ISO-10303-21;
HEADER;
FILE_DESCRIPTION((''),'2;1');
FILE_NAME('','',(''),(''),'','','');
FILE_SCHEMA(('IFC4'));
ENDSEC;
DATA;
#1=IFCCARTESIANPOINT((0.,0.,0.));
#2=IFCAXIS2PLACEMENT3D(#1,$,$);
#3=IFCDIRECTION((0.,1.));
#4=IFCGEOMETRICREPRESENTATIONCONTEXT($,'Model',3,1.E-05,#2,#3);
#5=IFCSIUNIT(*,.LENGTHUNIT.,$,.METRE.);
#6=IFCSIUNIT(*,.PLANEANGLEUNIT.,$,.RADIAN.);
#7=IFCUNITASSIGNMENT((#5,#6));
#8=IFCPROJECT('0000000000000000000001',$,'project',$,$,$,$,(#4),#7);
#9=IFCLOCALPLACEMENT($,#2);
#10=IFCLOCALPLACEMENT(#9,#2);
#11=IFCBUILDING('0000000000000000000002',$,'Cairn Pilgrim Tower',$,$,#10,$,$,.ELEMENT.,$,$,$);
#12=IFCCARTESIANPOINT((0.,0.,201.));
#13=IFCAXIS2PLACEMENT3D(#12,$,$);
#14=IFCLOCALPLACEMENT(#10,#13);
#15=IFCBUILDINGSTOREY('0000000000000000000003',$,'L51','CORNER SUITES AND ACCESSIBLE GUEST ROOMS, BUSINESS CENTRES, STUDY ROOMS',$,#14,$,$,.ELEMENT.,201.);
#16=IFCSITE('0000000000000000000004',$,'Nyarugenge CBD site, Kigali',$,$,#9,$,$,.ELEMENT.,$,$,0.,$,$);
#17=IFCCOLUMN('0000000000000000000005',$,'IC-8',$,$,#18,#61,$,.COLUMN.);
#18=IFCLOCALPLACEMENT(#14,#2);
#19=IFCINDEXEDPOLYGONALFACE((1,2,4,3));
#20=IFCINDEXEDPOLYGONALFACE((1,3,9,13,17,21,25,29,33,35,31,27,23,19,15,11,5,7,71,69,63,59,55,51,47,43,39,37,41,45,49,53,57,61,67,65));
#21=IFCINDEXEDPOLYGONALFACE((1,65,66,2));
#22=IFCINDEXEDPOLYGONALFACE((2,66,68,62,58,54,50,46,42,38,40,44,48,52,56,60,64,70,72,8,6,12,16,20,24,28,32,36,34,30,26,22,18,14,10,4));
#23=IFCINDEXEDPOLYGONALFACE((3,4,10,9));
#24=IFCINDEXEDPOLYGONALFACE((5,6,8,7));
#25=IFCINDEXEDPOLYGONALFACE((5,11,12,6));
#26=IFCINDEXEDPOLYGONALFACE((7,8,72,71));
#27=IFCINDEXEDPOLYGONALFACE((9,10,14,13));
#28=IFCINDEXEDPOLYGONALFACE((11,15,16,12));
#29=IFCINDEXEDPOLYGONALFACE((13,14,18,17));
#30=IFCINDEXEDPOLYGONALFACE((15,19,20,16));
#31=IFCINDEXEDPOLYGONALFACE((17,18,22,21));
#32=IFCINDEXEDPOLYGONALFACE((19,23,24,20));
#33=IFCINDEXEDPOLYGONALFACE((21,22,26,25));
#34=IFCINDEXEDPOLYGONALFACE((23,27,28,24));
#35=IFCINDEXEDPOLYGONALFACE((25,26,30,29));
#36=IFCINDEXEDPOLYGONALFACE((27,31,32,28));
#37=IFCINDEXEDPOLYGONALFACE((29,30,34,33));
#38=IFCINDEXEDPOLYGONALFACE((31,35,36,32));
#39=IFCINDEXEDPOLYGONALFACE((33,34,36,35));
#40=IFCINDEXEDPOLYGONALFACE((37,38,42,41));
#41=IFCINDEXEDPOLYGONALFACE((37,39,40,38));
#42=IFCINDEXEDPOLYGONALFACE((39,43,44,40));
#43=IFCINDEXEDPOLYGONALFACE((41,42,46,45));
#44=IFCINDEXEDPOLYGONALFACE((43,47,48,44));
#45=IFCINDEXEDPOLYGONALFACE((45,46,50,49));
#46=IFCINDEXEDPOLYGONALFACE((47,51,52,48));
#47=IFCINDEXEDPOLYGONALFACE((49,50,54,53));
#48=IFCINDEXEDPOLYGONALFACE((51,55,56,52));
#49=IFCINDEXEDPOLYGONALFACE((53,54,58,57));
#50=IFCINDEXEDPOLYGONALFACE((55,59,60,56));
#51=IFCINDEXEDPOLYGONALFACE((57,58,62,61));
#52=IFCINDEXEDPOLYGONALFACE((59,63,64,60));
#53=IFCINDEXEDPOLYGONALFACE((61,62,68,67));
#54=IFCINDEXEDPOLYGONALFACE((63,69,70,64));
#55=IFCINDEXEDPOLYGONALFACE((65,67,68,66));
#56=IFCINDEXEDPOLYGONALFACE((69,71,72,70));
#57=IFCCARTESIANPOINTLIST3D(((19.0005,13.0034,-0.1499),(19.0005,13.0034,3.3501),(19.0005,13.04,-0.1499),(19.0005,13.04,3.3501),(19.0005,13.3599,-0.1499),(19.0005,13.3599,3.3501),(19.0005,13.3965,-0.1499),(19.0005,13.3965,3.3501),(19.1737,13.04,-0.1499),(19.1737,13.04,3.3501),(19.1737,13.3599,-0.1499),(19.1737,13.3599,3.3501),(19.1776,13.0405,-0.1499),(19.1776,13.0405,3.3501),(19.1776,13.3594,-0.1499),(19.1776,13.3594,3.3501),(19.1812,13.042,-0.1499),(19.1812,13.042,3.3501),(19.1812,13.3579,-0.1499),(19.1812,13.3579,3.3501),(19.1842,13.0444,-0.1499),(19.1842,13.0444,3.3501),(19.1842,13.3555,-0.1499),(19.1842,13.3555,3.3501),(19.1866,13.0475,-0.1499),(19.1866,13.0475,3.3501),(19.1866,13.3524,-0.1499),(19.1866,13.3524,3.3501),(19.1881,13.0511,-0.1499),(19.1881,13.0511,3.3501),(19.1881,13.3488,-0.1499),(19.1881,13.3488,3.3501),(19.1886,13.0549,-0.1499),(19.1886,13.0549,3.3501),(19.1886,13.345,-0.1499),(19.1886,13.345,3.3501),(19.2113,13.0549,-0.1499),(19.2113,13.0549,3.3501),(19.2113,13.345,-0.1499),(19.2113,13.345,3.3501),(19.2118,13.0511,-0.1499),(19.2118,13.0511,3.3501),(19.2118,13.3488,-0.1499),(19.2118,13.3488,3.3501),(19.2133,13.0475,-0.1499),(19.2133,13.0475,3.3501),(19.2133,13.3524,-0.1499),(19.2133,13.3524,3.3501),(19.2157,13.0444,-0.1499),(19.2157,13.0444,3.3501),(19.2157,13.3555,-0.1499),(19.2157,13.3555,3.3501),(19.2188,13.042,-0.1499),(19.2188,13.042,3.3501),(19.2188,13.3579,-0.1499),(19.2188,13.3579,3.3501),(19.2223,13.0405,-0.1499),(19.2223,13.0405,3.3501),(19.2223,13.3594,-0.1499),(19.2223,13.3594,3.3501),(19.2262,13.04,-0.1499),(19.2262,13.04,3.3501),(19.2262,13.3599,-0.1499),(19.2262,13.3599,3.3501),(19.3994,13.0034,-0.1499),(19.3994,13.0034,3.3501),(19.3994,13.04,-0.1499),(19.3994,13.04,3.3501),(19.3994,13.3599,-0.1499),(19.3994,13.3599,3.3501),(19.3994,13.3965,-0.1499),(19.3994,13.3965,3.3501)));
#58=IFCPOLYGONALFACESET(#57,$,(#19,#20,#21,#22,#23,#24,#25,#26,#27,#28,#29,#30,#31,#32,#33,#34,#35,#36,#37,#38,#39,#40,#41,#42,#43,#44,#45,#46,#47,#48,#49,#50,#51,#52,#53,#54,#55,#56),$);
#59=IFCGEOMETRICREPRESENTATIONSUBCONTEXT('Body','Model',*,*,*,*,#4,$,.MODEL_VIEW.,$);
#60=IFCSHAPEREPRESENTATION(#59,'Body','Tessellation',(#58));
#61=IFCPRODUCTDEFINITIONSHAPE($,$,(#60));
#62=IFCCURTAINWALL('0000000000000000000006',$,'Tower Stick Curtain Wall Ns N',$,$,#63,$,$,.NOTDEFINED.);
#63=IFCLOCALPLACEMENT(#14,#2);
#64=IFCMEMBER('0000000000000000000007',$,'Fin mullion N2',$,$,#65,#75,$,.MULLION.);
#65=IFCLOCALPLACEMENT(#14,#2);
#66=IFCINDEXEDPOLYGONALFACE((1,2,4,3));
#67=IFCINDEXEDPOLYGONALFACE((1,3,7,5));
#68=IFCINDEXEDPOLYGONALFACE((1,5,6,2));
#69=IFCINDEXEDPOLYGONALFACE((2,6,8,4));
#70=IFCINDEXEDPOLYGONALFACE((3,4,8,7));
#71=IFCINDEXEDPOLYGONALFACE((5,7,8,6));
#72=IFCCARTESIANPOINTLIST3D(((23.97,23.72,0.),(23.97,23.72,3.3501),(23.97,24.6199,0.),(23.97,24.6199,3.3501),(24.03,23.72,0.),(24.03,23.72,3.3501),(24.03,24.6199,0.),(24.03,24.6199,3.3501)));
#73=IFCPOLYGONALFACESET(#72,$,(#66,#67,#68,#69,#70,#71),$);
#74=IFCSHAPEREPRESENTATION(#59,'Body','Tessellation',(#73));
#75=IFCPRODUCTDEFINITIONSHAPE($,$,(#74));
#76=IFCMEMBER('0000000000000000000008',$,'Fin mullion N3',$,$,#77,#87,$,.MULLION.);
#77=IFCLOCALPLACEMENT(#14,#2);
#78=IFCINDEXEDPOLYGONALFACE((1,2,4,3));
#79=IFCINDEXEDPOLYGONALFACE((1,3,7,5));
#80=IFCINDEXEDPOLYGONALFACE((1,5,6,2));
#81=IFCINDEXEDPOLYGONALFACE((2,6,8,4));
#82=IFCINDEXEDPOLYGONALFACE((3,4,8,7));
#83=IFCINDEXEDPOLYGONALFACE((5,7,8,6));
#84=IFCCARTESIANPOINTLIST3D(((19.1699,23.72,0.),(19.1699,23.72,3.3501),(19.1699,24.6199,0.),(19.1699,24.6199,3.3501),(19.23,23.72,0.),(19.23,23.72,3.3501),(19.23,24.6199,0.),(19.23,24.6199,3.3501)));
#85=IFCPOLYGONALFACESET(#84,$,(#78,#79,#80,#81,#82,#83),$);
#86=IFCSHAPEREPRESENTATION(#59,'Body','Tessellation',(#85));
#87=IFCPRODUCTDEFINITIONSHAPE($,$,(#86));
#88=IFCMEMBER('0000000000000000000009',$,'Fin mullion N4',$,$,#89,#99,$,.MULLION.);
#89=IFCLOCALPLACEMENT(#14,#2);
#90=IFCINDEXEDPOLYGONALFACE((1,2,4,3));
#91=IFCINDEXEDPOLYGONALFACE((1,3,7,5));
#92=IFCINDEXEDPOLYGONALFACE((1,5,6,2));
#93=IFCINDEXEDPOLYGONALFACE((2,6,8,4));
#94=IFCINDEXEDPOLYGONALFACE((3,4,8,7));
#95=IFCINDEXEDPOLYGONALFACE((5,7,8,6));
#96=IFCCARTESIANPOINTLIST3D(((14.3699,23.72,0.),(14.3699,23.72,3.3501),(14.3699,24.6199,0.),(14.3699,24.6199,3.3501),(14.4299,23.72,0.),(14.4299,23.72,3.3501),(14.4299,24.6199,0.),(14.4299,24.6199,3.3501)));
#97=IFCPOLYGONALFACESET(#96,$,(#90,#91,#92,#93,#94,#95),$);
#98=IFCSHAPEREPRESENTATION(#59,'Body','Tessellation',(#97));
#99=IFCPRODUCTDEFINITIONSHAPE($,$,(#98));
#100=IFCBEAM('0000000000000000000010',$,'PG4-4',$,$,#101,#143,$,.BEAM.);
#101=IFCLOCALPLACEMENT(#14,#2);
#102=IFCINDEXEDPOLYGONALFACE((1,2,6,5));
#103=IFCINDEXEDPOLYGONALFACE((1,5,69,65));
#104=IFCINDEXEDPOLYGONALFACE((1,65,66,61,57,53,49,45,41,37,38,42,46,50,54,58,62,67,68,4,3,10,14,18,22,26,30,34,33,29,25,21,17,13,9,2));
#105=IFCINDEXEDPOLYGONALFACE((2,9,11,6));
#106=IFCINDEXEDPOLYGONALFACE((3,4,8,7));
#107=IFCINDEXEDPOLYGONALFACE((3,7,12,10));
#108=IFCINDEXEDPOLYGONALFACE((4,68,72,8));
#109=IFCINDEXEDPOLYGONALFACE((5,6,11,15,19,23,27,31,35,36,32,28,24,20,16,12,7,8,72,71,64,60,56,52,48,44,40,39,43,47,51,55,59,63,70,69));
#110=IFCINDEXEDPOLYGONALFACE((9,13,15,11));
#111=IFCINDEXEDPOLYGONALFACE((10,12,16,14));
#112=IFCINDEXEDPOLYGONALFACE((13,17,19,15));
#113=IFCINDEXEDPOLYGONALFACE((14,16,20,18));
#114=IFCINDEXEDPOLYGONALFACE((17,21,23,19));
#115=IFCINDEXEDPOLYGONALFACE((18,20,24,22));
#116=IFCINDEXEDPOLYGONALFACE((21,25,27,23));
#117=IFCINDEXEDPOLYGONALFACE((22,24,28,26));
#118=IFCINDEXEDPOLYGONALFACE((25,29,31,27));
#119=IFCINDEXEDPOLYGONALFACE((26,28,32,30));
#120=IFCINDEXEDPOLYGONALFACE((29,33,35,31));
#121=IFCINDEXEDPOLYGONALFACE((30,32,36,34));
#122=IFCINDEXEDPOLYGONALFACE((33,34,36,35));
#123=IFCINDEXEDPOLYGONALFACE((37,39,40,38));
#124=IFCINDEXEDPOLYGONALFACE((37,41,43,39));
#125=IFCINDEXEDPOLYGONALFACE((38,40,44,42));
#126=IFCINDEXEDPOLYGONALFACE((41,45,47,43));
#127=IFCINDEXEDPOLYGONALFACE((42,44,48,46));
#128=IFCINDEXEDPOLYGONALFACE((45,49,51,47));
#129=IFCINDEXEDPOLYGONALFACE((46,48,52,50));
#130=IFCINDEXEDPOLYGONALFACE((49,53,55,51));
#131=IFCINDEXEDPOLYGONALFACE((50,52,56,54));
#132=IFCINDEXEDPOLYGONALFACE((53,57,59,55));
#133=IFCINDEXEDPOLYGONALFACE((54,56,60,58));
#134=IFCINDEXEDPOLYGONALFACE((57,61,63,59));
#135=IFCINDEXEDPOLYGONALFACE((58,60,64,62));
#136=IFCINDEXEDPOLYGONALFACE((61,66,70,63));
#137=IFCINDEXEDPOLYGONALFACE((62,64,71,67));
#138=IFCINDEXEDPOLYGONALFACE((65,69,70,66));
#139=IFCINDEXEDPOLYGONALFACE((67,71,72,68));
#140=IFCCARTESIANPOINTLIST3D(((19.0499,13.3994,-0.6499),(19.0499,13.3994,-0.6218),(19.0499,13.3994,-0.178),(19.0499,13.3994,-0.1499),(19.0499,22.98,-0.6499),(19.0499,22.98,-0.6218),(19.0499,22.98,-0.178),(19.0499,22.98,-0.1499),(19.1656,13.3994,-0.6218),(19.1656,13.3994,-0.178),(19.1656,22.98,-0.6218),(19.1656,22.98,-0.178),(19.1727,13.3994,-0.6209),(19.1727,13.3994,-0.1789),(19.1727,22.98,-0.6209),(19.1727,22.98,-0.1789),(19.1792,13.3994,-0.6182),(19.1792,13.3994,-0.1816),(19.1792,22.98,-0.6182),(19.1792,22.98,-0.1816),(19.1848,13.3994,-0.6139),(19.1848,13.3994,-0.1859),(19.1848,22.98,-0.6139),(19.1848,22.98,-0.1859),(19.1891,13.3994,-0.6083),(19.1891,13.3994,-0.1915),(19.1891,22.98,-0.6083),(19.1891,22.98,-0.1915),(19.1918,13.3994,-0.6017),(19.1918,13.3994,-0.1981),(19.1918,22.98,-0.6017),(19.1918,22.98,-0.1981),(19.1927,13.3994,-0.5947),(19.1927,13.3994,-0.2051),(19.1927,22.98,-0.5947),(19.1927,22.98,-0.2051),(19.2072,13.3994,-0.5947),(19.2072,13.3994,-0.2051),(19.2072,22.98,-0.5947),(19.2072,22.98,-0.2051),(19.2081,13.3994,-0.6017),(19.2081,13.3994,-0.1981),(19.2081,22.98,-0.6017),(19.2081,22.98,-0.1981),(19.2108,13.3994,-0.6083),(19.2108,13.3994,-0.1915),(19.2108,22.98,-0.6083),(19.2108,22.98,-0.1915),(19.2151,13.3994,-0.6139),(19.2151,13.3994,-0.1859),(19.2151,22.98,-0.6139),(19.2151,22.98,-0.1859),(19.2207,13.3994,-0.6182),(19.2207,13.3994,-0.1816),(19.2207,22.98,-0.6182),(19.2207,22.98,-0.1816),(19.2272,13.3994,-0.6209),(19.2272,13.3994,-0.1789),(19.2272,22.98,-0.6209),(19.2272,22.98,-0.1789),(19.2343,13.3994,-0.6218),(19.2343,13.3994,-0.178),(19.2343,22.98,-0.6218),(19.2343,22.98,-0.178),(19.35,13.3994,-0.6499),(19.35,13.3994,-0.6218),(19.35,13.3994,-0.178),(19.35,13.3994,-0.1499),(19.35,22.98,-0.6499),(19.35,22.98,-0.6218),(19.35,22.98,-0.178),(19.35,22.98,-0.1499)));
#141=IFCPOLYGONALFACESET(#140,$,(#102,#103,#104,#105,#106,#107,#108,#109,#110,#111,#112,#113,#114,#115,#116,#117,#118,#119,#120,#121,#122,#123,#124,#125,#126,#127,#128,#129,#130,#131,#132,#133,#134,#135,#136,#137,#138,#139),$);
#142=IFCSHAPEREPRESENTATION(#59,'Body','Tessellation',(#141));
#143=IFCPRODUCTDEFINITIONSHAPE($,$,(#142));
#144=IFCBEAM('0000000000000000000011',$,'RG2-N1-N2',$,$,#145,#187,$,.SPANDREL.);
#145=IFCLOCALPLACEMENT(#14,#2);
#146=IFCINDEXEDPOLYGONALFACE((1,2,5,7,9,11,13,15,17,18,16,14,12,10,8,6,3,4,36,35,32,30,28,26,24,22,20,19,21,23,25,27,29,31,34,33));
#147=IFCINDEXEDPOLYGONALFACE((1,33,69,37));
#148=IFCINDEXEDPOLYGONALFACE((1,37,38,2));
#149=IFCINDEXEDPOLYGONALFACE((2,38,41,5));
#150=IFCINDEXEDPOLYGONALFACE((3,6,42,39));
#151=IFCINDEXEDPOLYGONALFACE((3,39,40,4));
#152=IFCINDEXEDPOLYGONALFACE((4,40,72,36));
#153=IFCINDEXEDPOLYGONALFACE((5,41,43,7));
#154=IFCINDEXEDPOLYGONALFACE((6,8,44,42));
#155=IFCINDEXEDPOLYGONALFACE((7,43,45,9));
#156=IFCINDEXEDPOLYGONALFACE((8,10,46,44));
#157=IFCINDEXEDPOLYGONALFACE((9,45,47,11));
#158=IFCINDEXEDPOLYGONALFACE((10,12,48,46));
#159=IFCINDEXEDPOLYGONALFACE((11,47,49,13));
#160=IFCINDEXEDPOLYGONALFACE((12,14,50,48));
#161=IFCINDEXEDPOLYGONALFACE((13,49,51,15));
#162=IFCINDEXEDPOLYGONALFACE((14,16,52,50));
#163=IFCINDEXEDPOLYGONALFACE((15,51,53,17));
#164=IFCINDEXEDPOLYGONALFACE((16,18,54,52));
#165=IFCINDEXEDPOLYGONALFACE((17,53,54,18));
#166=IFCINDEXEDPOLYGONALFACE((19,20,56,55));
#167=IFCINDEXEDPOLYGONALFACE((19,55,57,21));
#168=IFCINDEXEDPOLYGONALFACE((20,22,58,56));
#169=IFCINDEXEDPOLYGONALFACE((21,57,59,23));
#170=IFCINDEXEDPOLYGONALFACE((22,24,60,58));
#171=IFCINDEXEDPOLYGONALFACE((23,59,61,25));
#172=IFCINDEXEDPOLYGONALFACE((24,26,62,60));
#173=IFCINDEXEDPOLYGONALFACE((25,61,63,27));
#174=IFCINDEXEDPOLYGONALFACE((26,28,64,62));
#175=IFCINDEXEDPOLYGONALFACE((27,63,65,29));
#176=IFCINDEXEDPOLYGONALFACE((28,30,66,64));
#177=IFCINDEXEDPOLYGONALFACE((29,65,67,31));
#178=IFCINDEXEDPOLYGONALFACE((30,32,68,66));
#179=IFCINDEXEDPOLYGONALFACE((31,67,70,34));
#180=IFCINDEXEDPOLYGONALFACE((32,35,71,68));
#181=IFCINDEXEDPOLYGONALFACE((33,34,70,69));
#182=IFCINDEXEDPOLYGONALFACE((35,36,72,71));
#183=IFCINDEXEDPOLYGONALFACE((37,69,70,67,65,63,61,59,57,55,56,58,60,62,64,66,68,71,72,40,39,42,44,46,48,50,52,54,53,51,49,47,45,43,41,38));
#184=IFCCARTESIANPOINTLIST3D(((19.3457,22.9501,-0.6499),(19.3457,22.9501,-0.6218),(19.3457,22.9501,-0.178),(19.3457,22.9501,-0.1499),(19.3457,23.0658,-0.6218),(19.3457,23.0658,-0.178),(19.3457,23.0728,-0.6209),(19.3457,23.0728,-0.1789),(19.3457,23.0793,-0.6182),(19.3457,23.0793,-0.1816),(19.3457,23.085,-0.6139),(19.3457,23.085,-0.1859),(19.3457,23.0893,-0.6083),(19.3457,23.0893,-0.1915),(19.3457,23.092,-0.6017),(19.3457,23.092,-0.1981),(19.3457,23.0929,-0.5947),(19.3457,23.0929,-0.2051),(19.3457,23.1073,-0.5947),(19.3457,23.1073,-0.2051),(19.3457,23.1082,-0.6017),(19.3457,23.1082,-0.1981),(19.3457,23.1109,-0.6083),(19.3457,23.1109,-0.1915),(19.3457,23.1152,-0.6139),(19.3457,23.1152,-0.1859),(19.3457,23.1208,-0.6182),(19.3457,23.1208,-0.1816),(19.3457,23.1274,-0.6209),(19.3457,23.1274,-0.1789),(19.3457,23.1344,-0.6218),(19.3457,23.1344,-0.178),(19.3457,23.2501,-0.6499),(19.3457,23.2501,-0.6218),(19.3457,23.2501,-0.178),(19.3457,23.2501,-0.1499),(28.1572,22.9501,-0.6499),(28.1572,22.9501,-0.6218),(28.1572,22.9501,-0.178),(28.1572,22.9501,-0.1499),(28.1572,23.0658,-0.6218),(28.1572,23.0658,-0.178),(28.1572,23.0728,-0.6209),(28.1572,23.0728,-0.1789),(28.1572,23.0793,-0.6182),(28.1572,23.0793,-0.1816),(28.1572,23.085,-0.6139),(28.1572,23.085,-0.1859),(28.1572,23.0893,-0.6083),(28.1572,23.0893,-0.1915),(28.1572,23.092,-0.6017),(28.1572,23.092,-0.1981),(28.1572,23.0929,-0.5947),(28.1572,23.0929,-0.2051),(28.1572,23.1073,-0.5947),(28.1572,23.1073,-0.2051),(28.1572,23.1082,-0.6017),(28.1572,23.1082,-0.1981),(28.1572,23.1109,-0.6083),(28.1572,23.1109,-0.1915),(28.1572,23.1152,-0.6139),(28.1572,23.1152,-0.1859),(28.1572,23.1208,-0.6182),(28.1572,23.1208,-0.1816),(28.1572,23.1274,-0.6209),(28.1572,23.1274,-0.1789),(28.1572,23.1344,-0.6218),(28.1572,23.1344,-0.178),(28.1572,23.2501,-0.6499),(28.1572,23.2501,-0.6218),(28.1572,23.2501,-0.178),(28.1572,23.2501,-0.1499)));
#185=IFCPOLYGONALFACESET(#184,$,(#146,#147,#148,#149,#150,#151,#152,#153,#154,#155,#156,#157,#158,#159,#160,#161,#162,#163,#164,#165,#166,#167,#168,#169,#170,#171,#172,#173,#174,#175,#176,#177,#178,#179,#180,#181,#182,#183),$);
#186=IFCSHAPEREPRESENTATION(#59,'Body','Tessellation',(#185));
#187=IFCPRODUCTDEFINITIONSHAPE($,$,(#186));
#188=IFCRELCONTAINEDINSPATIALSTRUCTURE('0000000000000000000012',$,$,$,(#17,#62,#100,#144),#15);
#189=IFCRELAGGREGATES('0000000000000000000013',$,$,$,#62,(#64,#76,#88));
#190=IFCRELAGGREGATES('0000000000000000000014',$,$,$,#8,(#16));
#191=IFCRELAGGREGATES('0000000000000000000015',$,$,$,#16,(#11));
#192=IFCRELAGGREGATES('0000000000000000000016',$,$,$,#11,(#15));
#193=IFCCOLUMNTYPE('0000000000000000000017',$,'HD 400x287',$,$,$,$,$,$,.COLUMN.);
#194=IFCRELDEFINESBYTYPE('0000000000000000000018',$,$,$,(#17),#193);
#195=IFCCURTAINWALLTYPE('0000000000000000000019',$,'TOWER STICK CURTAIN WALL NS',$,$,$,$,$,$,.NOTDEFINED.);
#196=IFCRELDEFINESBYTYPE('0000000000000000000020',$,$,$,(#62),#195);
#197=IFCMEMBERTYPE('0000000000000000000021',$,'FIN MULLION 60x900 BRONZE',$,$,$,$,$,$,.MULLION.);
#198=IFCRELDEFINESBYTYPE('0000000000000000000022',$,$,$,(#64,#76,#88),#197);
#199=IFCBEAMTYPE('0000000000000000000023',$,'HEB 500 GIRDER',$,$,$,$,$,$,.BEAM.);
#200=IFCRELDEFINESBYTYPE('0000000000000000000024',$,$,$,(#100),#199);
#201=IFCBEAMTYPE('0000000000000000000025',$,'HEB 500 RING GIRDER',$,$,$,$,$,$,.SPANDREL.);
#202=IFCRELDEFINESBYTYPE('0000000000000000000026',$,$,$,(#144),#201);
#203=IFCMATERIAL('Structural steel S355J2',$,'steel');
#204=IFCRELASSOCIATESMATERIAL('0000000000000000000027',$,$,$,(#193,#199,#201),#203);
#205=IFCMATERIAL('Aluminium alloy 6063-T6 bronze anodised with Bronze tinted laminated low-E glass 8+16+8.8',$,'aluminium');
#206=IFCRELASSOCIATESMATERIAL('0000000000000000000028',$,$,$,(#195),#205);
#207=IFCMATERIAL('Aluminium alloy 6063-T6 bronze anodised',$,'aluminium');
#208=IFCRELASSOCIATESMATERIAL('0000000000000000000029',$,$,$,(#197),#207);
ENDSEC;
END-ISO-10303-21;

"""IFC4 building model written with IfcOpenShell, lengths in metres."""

from ifc_helpers import new_model, si_unit, direction, frame, origin, origin_2d, place, context, subcontext, project, spatial, rectangle, i_section, extrude, material, material_profile, profile_set, type_object, element, aggregate, save


model = new_model("IFC4")

# Units and contexts
model_context = context("Model", 3, precision=1e-05, world=origin(), true_north=direction((0.0, 1.0)))
body_context = subcontext(model_context, "Body", "Model", "MODEL_VIEW")
ifc_project = project(units=[si_unit("LENGTHUNIT", "METRE"), si_unit("PLANEANGLEUNIT", "RADIAN")], contexts=[model_context])

# Site, building, storey
site_placement = place(None, origin())
site = spatial("IfcSite", under=ifc_project, at=site_placement, Name="Nyarugenge CBD site, Kigali", CompositionType="ELEMENT", RefElevation=0.0)
building_placement = place(site_placement, origin())
building = spatial("IfcBuilding", under=site, at=building_placement, Name="Cairn Pilgrim Tower", CompositionType="ELEMENT")
storey_placement = place(building_placement, frame((0.0, 0.0, 201.0)))
storey = spatial("IfcBuildingStorey", under=building, at=storey_placement, Name="L51", Description="CORNER SUITES AND ACCESSIBLE GUEST ROOMS, BUSINESS CENTRES, STUDY ROOMS", CompositionType="ELEMENT", Elevation=201.0)

# Column
ifc_material_1 = material(Name="Structural steel S355J2", Category="steel")
ifc_material_profile_1 = material_profile(ifc_material_1, i_section(OverallWidth=0.3989, OverallDepth=0.3931, WebThickness=0.0227, FlangeThickness=0.0366, FilletRadius=0.0149, at=origin_2d()), Name="HD 400x287")
ifc_profile_set_1 = profile_set([ifc_material_profile_1], Name="Structural steel S355J2")
column_type_1 = type_object("IfcColumnType", Name="HD 400x287", PredefinedType="COLUMN", material=ifc_profile_set_1)
column_1_placement = place(storey_placement, frame((19.2, 13.2, -0.1499), z_axis=(0.0, 0.0, 1.0), x_axis=(1.0, 0.0, 0.0)))
element("IfcColumn", 1, at=column_1_placement, inside=storey, type_object=column_type_1, Name="IC-8", PredefinedType="COLUMN", context=body_context, shape_type="SweptSolid", body=[
    extrude(i_section(OverallWidth=0.3989, OverallDepth=0.3931, WebThickness=0.0227, FlangeThickness=0.0366, FilletRadius=0.0149, at=origin_2d()), origin(), (0.0, 0.0, 1.0), 3.5),
])

# Curtain wall, members
ifc_material_2 = material(Name="Aluminium alloy 6063-T6 bronze anodised with Bronze tinted laminated low-E glass 8+16+8.8", Category="aluminium")
curtain_wall_type = type_object("IfcCurtainWallType", Name="TOWER STICK CURTAIN WALL NS", PredefinedType="NOTDEFINED", material=ifc_material_2)
curtain_wall_placement = place(storey_placement, origin())
curtain_wall = element("IfcCurtainWall", 2, at=curtain_wall_placement, inside=storey, type_object=curtain_wall_type, Name="Tower Stick Curtain Wall Ns N", PredefinedType="NOTDEFINED")
ifc_material_3 = material(Name="Aluminium alloy 6063-T6 bronze anodised", Category="aluminium")
ifc_material_profile_2 = material_profile(ifc_material_3, rectangle(XDim=0.8999, YDim=0.0601, at=origin_2d()), Name="FIN MULLION 60x900 BRONZE")
ifc_profile_set_2 = profile_set([ifc_material_profile_2], Name="Aluminium alloy 6063-T6 bronze anodised")
member_type_1 = type_object("IfcMemberType", Name="FIN MULLION 60x900 BRONZE", PredefinedType="MULLION", material=ifc_profile_set_2)
member_1_placement = place(storey_placement, frame((24.0, 24.1699, 0.0), z_axis=(0.0, 0.0, 1.0), x_axis=(0.0, 1.0, 0.0)))
member_1 = element("IfcMember", 3, at=member_1_placement, type_object=member_type_1, Name="Fin mullion N2", PredefinedType="MULLION", context=body_context, shape_type="SweptSolid", body=[
    extrude(rectangle(XDim=0.8999, YDim=0.0601, at=origin_2d()), origin(), (0.0, 0.0, 1.0), 3.3501),
])
member_2_placement = place(storey_placement, frame((19.2, 24.1699, 0.0), z_axis=(0.0, 0.0, 1.0), x_axis=(0.0, 1.0, 0.0)))
member_2 = element("IfcMember", 4, at=member_2_placement, type_object=member_type_1, Name="Fin mullion N3", PredefinedType="MULLION", context=body_context, shape_type="SweptSolid", body=[
    extrude(rectangle(XDim=0.8999, YDim=0.0601, at=origin_2d()), origin(), (0.0, 0.0, 1.0), 3.3501),
])
member_3_placement = place(storey_placement, frame((14.3999, 24.1699, 0.0), z_axis=(0.0, 0.0, 1.0), x_axis=(0.0, 1.0, 0.0)))
member_3 = element("IfcMember", 5, at=member_3_placement, type_object=member_type_1, Name="Fin mullion N4", PredefinedType="MULLION", context=body_context, shape_type="SweptSolid", body=[
    extrude(rectangle(XDim=0.8999, YDim=0.0601, at=origin_2d()), origin(), (0.0, 0.0, 1.0), 3.3501),
])

# Beams
ifc_material_profile_3 = material_profile(ifc_material_1, i_section(OverallWidth=0.3, OverallDepth=0.5, WebThickness=0.0144, FlangeThickness=0.0281, FilletRadius=0.0271, at=origin_2d()), Name="HEB 500")
ifc_profile_set_3 = profile_set([ifc_material_profile_3], Name="Structural steel S355J2")
beam_type_1 = type_object("IfcBeamType", Name="HEB 500 GIRDER", PredefinedType="BEAM", material=ifc_profile_set_3)
beam_1_placement = place(storey_placement, frame((19.2, 13.3994, -0.3999), z_axis=(0.0, 1.0, 0.0), x_axis=(-1.0, 0.0, 0.0)))
element("IfcBeam", 6, at=beam_1_placement, inside=storey, type_object=beam_type_1, Name="PG4-4", PredefinedType="BEAM", context=body_context, shape_type="SweptSolid", body=[
    extrude(i_section(OverallWidth=0.3, OverallDepth=0.5, WebThickness=0.0144, FlangeThickness=0.0281, FilletRadius=0.0271, at=origin_2d()), origin(), (0.0, 0.0, 1.0), 9.5806),
])
ifc_material_profile_4 = material_profile(ifc_material_1, i_section(OverallWidth=0.3, OverallDepth=0.5, WebThickness=0.0144, FlangeThickness=0.0281, FilletRadius=0.0271, at=origin_2d()), Name="HEB 500")
ifc_profile_set_4 = profile_set([ifc_material_profile_4], Name="Structural steel S355J2")
beam_type_2 = type_object("IfcBeamType", Name="HEB 500 RING GIRDER", PredefinedType="SPANDREL", material=ifc_profile_set_4)
beam_2_placement = place(storey_placement, frame((28.1572, 23.1001, -0.3999), z_axis=(-1.0, 0.0, 0.0), x_axis=(0.0, -1.0, 0.0)))
element("IfcBeam", 7, at=beam_2_placement, inside=storey, type_object=beam_type_2, Name="RG2-N1-N2", PredefinedType="SPANDREL", context=body_context, shape_type="SweptSolid", body=[
    extrude(i_section(OverallWidth=0.3, OverallDepth=0.5, WebThickness=0.0144, FlangeThickness=0.0281, FilletRadius=0.0271, at=origin_2d()), origin(), (0.0, 0.0, 1.0), 8.8115),
])

aggregate(curtain_wall, [member_1, member_2, member_3])

save(model, "model.ifc")
